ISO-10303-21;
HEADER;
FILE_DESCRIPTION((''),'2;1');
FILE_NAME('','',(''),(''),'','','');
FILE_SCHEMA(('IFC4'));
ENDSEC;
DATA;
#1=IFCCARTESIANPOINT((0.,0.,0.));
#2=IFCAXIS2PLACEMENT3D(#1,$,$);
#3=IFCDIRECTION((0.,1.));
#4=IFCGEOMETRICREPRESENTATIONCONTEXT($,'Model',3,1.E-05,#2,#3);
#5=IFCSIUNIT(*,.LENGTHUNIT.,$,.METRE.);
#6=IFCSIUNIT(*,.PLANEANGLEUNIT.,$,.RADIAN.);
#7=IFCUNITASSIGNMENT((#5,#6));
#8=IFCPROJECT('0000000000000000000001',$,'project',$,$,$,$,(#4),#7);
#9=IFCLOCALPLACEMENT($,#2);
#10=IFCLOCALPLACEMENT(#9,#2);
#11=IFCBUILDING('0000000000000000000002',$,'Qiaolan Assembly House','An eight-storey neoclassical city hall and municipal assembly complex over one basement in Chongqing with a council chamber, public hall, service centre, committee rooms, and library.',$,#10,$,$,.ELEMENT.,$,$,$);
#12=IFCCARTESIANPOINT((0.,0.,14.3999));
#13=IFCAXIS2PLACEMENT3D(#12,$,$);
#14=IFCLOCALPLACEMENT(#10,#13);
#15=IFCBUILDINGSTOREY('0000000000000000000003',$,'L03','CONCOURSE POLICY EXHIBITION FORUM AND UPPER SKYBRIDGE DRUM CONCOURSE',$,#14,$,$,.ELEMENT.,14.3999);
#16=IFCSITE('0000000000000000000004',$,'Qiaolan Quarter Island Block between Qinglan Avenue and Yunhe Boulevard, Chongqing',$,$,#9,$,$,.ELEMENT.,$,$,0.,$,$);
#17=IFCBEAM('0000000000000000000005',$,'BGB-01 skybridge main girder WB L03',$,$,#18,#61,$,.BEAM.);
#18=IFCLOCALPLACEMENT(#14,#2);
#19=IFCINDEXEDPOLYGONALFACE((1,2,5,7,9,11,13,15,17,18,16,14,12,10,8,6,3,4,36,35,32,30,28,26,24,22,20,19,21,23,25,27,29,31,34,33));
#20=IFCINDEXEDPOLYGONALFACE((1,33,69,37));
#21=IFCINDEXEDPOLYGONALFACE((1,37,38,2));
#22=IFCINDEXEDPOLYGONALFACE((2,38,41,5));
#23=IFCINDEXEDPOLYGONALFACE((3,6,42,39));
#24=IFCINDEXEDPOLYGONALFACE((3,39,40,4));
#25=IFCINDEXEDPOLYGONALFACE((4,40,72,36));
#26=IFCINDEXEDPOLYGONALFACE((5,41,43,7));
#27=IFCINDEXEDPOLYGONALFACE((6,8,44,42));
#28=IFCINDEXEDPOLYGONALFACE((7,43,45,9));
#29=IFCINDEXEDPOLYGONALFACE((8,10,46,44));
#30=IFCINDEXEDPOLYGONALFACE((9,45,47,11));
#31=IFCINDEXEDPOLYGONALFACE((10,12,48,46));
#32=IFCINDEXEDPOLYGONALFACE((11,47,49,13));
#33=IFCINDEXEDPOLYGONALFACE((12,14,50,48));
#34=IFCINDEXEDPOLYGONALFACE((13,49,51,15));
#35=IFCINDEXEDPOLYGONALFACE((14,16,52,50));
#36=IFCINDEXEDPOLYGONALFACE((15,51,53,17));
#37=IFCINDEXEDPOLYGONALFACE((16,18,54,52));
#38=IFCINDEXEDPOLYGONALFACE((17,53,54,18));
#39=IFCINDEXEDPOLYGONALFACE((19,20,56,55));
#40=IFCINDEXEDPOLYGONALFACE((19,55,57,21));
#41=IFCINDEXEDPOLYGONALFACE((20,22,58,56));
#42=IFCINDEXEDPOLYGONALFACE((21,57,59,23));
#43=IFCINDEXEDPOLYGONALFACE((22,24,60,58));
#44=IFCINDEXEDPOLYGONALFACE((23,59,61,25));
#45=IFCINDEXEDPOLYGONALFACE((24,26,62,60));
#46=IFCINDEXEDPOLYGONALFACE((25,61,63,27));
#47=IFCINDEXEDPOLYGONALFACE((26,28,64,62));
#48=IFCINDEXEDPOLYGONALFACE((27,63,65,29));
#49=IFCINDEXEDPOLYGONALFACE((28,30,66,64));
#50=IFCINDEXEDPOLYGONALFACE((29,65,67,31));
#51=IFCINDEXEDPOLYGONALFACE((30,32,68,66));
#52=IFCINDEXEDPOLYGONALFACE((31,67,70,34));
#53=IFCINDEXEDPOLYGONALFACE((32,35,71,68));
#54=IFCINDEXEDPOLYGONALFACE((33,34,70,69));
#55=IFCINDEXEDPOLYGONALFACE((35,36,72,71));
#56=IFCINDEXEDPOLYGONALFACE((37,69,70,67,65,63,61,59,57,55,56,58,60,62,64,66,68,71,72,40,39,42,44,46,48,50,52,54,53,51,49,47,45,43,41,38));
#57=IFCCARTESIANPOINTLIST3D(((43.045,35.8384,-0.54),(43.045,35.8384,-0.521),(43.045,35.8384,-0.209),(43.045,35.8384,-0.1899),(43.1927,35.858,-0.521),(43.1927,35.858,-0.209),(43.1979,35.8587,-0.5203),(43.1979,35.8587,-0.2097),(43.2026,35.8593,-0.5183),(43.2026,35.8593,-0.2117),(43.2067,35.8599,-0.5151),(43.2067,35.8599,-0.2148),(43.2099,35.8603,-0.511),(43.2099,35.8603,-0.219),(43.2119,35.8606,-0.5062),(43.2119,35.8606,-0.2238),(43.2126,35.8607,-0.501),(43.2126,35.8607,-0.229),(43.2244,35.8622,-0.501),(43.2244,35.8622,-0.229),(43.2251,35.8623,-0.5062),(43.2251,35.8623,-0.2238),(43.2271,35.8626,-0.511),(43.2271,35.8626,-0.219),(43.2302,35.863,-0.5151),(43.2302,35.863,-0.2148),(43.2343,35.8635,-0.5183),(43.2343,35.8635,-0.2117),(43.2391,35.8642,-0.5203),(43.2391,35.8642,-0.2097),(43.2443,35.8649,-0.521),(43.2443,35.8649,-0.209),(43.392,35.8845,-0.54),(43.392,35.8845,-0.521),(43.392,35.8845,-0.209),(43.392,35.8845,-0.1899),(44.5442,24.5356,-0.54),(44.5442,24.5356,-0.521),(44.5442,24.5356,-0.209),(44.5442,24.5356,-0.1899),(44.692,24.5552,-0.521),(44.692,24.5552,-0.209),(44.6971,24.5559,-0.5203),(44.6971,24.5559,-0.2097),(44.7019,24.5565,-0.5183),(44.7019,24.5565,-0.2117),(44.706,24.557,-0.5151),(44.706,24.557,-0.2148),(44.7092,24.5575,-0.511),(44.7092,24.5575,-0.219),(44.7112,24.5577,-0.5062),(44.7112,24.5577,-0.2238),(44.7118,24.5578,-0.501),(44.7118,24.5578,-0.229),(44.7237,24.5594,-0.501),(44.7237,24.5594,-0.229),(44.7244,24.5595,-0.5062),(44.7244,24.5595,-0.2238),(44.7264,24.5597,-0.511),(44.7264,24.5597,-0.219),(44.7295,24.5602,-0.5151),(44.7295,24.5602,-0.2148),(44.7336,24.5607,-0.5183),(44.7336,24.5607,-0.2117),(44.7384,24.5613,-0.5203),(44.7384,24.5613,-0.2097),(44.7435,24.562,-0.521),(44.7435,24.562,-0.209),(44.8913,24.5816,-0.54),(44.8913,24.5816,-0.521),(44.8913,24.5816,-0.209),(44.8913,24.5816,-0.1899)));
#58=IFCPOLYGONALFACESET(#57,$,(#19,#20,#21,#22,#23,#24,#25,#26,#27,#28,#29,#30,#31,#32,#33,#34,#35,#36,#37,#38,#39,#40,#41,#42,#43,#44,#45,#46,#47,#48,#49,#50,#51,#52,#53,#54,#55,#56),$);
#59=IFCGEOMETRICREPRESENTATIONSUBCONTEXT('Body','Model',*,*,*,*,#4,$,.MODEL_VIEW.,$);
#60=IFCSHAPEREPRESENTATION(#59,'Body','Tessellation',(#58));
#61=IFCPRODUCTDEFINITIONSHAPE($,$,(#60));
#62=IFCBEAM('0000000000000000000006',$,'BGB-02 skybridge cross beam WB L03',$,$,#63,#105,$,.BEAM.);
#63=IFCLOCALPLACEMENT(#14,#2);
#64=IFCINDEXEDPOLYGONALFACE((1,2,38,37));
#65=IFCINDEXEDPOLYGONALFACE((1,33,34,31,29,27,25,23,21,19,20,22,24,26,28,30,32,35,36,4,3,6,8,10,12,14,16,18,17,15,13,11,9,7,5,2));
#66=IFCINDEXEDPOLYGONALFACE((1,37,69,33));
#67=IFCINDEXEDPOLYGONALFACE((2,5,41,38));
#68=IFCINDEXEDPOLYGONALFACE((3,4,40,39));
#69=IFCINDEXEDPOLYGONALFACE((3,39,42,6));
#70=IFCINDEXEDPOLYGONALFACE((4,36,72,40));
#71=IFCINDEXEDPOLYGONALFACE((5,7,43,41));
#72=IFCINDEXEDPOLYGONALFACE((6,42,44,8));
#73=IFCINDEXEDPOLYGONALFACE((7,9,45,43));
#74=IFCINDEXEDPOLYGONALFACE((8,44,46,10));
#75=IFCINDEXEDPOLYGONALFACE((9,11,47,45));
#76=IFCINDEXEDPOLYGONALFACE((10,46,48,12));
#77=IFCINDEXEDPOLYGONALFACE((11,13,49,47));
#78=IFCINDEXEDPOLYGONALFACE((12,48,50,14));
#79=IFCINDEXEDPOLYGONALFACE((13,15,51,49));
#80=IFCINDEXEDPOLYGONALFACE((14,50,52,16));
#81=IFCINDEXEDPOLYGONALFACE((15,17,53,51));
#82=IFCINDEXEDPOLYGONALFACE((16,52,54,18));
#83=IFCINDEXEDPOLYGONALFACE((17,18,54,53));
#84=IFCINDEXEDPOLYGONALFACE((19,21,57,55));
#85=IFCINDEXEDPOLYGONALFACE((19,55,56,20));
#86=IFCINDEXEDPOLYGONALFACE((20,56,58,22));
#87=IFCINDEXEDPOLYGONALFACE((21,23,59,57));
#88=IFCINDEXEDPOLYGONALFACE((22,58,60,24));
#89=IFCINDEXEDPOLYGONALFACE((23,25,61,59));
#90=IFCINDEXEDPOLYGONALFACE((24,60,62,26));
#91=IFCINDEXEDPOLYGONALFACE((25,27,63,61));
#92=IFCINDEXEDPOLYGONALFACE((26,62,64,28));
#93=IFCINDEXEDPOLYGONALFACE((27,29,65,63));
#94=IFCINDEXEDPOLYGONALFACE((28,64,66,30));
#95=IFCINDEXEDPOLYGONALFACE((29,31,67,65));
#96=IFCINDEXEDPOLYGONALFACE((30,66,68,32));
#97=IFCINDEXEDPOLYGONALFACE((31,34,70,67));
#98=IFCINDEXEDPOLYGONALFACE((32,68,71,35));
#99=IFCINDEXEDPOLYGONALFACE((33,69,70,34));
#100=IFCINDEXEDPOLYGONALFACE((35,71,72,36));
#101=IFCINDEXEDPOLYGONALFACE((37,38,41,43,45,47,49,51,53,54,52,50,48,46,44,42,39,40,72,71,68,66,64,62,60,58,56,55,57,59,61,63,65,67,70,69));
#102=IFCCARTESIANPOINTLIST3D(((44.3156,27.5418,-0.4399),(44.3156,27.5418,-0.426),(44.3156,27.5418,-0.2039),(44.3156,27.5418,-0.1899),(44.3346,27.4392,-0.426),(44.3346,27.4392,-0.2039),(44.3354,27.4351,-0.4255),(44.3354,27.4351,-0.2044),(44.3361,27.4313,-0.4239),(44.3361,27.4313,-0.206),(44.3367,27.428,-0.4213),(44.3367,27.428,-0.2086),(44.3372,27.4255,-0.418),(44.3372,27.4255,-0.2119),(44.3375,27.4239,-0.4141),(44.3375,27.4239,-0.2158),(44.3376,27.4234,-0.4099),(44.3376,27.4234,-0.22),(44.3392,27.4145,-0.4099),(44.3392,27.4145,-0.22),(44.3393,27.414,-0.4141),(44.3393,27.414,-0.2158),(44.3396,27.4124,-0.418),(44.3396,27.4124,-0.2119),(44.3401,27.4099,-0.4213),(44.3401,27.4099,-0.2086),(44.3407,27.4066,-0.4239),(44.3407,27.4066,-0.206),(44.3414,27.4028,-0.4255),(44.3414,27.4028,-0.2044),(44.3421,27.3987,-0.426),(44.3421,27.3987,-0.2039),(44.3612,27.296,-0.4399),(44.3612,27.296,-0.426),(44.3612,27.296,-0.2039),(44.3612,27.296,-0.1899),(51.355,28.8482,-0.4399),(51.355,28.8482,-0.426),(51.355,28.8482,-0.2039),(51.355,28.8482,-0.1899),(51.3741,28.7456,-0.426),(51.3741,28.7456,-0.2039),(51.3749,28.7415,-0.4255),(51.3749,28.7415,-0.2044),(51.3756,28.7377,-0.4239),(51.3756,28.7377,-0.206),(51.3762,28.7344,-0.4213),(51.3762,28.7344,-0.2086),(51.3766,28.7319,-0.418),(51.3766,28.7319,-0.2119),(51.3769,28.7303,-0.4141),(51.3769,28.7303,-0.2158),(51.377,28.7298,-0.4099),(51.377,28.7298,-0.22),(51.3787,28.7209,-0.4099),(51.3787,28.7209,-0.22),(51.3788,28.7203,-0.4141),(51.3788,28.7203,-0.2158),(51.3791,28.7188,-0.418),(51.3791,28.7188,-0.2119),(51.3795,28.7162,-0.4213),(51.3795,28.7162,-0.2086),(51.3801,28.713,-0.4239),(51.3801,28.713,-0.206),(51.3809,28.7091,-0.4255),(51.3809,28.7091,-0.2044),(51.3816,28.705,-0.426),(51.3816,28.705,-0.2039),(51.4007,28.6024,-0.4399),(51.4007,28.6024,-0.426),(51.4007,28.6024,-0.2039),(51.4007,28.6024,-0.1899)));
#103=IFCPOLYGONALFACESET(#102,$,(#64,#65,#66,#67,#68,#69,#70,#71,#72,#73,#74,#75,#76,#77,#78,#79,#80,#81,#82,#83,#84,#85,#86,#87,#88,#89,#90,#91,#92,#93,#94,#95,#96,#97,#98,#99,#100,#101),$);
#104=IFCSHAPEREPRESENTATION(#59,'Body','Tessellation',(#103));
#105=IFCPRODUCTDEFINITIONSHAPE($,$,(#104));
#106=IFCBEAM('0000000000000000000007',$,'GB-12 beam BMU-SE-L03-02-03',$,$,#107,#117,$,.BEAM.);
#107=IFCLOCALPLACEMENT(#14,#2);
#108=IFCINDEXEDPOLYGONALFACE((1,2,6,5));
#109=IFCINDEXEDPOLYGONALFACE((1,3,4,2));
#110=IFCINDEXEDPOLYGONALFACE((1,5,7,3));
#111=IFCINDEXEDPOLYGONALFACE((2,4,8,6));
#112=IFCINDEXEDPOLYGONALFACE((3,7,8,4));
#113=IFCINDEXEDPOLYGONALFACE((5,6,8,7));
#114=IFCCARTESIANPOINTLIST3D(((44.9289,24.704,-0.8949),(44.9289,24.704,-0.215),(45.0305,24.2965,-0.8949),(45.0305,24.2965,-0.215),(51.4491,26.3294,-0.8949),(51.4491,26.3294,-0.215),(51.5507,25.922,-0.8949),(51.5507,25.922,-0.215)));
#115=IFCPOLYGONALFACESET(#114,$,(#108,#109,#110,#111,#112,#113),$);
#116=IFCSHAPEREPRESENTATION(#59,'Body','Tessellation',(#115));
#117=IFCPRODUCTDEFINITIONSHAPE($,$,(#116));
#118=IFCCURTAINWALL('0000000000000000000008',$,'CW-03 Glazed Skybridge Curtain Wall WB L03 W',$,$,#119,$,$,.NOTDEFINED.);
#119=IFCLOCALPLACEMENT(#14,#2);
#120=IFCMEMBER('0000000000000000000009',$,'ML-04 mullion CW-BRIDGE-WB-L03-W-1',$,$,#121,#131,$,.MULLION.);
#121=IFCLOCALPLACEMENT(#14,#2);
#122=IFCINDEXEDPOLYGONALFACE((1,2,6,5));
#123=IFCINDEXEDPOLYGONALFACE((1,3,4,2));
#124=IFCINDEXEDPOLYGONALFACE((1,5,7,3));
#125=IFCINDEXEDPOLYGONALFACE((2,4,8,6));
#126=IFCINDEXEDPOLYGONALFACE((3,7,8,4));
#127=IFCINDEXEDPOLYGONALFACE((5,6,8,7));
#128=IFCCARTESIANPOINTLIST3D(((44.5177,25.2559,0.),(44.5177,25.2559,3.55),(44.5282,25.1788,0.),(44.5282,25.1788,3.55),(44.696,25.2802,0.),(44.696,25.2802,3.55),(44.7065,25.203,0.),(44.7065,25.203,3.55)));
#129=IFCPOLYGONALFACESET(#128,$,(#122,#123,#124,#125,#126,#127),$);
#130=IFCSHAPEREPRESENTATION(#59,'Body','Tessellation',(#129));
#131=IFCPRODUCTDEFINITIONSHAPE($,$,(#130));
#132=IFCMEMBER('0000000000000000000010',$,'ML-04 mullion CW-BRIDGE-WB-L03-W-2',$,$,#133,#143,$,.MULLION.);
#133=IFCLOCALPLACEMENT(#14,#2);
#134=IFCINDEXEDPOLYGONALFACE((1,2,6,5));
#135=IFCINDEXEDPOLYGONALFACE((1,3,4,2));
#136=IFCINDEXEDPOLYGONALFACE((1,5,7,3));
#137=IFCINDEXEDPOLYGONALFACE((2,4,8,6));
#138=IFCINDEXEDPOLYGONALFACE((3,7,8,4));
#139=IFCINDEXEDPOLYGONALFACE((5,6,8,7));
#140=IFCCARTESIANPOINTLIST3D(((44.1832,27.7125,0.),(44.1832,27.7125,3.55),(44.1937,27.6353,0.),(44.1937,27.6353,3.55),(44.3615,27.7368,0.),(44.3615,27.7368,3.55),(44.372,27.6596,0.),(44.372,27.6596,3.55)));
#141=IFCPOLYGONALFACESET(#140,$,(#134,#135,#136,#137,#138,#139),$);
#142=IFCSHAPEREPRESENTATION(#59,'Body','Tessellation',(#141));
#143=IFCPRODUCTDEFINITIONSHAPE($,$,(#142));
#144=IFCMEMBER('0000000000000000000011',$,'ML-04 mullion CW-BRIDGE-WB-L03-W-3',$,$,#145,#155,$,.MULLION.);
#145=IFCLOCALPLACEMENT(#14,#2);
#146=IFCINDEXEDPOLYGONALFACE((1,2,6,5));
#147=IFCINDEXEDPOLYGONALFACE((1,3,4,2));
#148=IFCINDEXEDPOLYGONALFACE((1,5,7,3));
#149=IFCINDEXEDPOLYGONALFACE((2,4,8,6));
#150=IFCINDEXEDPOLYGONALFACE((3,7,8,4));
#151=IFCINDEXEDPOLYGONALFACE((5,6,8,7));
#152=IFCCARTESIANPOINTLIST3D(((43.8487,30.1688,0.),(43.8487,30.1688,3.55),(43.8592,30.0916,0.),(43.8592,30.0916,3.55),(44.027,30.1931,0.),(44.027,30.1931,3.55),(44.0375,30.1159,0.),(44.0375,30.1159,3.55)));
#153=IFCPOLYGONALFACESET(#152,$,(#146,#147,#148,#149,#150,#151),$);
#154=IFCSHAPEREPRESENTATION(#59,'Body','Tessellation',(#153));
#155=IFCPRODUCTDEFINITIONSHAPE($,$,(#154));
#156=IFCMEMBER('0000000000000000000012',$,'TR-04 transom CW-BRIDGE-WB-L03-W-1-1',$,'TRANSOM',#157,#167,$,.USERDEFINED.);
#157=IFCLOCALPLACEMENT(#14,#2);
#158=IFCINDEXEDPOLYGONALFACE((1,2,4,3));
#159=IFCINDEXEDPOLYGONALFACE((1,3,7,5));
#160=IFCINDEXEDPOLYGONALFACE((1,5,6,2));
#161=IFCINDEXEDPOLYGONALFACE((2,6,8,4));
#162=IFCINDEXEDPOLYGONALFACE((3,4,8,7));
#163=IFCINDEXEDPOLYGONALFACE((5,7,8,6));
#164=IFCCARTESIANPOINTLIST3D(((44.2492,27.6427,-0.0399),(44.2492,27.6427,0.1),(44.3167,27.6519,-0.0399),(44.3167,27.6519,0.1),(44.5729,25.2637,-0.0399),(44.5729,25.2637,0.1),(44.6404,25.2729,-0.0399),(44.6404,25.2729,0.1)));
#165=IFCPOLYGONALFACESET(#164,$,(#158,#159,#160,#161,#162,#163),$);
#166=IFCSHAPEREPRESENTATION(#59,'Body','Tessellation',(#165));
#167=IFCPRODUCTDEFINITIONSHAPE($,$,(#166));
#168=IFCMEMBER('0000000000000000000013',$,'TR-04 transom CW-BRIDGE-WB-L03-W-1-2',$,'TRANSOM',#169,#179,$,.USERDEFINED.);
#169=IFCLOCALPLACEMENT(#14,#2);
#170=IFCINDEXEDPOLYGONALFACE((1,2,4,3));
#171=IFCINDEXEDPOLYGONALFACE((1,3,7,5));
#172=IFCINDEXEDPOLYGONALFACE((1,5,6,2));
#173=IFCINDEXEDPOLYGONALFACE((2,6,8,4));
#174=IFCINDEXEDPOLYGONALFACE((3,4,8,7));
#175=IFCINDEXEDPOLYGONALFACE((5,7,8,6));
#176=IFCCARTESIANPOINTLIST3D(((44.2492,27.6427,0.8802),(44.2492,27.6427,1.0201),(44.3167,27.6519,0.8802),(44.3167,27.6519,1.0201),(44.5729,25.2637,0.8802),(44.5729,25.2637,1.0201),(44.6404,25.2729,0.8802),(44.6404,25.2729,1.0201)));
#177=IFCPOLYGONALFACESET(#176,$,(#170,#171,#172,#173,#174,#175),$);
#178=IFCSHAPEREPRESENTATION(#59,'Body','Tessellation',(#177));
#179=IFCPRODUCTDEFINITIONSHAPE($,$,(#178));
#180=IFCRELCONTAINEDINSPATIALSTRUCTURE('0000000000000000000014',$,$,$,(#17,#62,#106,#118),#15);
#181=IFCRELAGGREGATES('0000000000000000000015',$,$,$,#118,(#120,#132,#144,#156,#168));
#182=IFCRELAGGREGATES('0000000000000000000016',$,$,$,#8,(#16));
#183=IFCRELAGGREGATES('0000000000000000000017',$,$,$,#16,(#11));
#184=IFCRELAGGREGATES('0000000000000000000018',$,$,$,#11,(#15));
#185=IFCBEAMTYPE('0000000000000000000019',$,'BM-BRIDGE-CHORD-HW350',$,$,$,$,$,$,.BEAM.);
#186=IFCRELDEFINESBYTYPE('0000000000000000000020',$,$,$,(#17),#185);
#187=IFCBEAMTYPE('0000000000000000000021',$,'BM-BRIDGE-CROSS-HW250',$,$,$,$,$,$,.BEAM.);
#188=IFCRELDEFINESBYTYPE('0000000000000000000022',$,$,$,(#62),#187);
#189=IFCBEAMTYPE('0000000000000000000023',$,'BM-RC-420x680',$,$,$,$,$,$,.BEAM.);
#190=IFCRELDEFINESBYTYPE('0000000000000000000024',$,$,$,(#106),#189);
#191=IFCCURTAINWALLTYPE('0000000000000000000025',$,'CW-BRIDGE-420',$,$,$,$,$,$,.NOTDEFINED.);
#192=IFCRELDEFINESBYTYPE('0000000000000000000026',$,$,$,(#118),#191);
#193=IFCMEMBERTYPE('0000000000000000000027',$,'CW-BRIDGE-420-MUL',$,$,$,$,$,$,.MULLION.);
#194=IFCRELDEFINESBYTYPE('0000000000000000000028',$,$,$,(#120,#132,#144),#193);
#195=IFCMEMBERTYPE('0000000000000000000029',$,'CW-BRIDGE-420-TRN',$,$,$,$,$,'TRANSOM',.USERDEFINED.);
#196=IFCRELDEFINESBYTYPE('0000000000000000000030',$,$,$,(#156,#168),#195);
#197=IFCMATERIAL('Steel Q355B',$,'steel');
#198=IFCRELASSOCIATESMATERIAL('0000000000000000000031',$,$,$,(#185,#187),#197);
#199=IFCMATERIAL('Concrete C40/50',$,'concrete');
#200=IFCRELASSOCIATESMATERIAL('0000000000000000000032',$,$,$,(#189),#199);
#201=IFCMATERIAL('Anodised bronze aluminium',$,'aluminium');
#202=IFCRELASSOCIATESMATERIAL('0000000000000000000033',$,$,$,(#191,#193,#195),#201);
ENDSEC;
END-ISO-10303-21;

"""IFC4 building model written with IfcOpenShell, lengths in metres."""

from ifc_helpers import new_model, si_unit, direction, frame, origin, origin_2d, place, context, subcontext, project, spatial, rectangle, i_section, extrude, material, material_profile, profile_set, type_object, element, aggregate, save


model = new_model("IFC4")

# Units and contexts
model_context = context("Model", 3, precision=1e-05, world=origin(), true_north=direction((0.0, 1.0)))
body_context = subcontext(model_context, "Body", "Model", "MODEL_VIEW")
ifc_project = project(units=[si_unit("LENGTHUNIT", "METRE"), si_unit("PLANEANGLEUNIT", "RADIAN")], contexts=[model_context])

# Site, building, storey
site_placement = place(None, origin())
site = spatial("IfcSite", under=ifc_project, at=site_placement, Name="Qiaolan Quarter Island Block between Qinglan Avenue and Yunhe Boulevard, Chongqing", CompositionType="ELEMENT", RefElevation=0.0)
building_placement = place(site_placement, origin())
building = spatial("IfcBuilding", under=site, at=building_placement, Name="Qiaolan Assembly House", Description="An eight-storey neoclassical city hall and municipal assembly complex over one basement in Chongqing with a council chamber, public hall, service centre, committee rooms, and library.", CompositionType="ELEMENT")
storey_placement = place(building_placement, frame((0.0, 0.0, 14.3999)))
storey = spatial("IfcBuildingStorey", under=building, at=storey_placement, Name="L03", Description="CONCOURSE POLICY EXHIBITION FORUM AND UPPER SKYBRIDGE DRUM CONCOURSE", CompositionType="ELEMENT", Elevation=14.3999)

# Beams
ifc_material_1 = material(Name="Steel Q355B", Category="steel")
ifc_material_profile_1 = material_profile(ifc_material_1, i_section(OverallWidth=0.3501, OverallDepth=0.3501, WebThickness=0.012, FlangeThickness=0.019, FilletRadius=0.02, at=origin_2d()), Name="HW 350x350x12x19-BR")
ifc_profile_set_1 = profile_set([ifc_material_profile_1], Name="Steel Q355B")
beam_type_1 = type_object("IfcBeamType", Name="BM-BRIDGE-CHORD-HW350", PredefinedType="BEAM", material=ifc_profile_set_1)
beam_1_placement = place(storey_placement, frame((44.7178, 24.5586, -0.365), z_axis=(-0.131495, 0.991317, 0.0), x_axis=(-0.991317, -0.131495, 0.0)))
element("IfcBeam", 1, at=beam_1_placement, inside=storey, type_object=beam_type_1, Name="BGB-01 skybridge main girder WB L03", PredefinedType="BEAM", context=body_context, shape_type="SweptSolid", body=[
    extrude(i_section(OverallWidth=0.3501, OverallDepth=0.3501, WebThickness=0.012, FlangeThickness=0.019, FilletRadius=0.02, at=origin_2d()), origin(), (0.0, 0.0, 1.0), 11.4019),
])
ifc_material_profile_2 = material_profile(ifc_material_1, i_section(OverallWidth=0.25, OverallDepth=0.25, WebThickness=0.009, FlangeThickness=0.0139, FilletRadius=0.0161, at=origin_2d()), Name="HW 250x250x9x14")
ifc_profile_set_2 = profile_set([ifc_material_profile_2], Name="Steel Q355B")
beam_type_2 = type_object("IfcBeamType", Name="BM-BRIDGE-CROSS-HW250", PredefinedType="BEAM", material=ifc_profile_set_2)
beam_2_placement = place(storey_placement, frame((44.3384, 27.4189, -0.3149), z_axis=(0.983213, 0.182464, 0.0), x_axis=(-0.182464, 0.983213, 0.0)))
element("IfcBeam", 2, at=beam_2_placement, inside=storey, type_object=beam_type_2, Name="BGB-02 skybridge cross beam WB L03", PredefinedType="BEAM", context=body_context, shape_type="SweptSolid", body=[
    extrude(i_section(OverallWidth=0.25, OverallDepth=0.25, WebThickness=0.009, FlangeThickness=0.0139, FilletRadius=0.0161, at=origin_2d()), origin(), (0.0, 0.0, 1.0), 7.1597),
])
ifc_material_2 = material(Name="Concrete C40/50", Category="concrete")
ifc_material_profile_3 = material_profile(ifc_material_2, rectangle(XDim=0.4199, YDim=0.6799, at=origin_2d()), Name="RCB 420x680")
ifc_profile_set_3 = profile_set([ifc_material_profile_3], Name="Concrete C40/50")
beam_type_3 = type_object("IfcBeamType", Name="BM-RC-420x680", PredefinedType="BEAM", material=ifc_profile_set_3)
beam_3_placement = place(storey_placement, frame((44.9797, 24.5002, -0.5549), z_axis=(0.970303, 0.241894, 0.0), x_axis=(-0.241894, 0.970303, 0.0)))
element("IfcBeam", 3, at=beam_3_placement, inside=storey, type_object=beam_type_3, Name="GB-12 beam BMU-SE-L03-02-03", PredefinedType="BEAM", context=body_context, shape_type="SweptSolid", body=[
    extrude(rectangle(XDim=0.4199, YDim=0.6799, at=origin_2d()), origin(), (0.0, 0.0, 1.0), 6.7197),
])

# Curtain wall, members
ifc_material_3 = material(Name="Anodised bronze aluminium", Category="aluminium")
curtain_wall_type = type_object("IfcCurtainWallType", Name="CW-BRIDGE-420", PredefinedType="NOTDEFINED", material=ifc_material_3)
curtain_wall_placement = place(storey_placement, origin())
curtain_wall = element("IfcCurtainWall", 4, at=curtain_wall_placement, inside=storey, type_object=curtain_wall_type, Name="CW-03 Glazed Skybridge Curtain Wall WB L03 W", PredefinedType="NOTDEFINED")
ifc_material_profile_4 = material_profile(ifc_material_3, rectangle(XDim=0.0779, YDim=0.1799, at=origin_2d()), Name="MUL 78x180")
ifc_profile_set_4 = profile_set([ifc_material_profile_4], Name="Anodised bronze aluminium")
member_type_1 = type_object("IfcMemberType", Name="CW-BRIDGE-420-MUL", PredefinedType="MULLION", material=ifc_profile_set_4)
member_1_placement = place(storey_placement, frame((44.6121, 25.2295, 0.0), z_axis=(0.0, 0.0, 1.0), x_axis=(-0.134918, 0.990857, 0.0)))
member_1 = element("IfcMember", 5, at=member_1_placement, type_object=member_type_1, Name="ML-04 mullion CW-BRIDGE-WB-L03-W-1", PredefinedType="MULLION", context=body_context, shape_type="SweptSolid", body=[
    extrude(rectangle(XDim=0.0779, YDim=0.1799, at=origin_2d()), origin(), (0.0, 0.0, 1.0), 3.55),
])
member_2_placement = place(storey_placement, frame((44.2776, 27.686, 0.0), z_axis=(0.0, 0.0, 1.0), x_axis=(-0.134918, 0.990857, 0.0)))
member_2 = element("IfcMember", 6, at=member_2_placement, type_object=member_type_1, Name="ML-04 mullion CW-BRIDGE-WB-L03-W-2", PredefinedType="MULLION", context=body_context, shape_type="SweptSolid", body=[
    extrude(rectangle(XDim=0.0779, YDim=0.1799, at=origin_2d()), origin(), (0.0, 0.0, 1.0), 3.55),
])
member_3_placement = place(storey_placement, frame((43.9431, 30.1423, 0.0), z_axis=(0.0, 0.0, 1.0), x_axis=(-0.134918, 0.990857, 0.0)))
member_3 = element("IfcMember", 7, at=member_3_placement, type_object=member_type_1, Name="ML-04 mullion CW-BRIDGE-WB-L03-W-3", PredefinedType="MULLION", context=body_context, shape_type="SweptSolid", body=[
    extrude(rectangle(XDim=0.0779, YDim=0.1799, at=origin_2d()), origin(), (0.0, 0.0, 1.0), 3.55),
])
ifc_material_profile_5 = material_profile(ifc_material_3, rectangle(XDim=0.0681, YDim=0.1399, at=origin_2d()), Name="TRN 68x140")
ifc_profile_set_5 = profile_set([ifc_material_profile_5], Name="Anodised bronze aluminium")
member_type_2 = type_object("IfcMemberType", Name="CW-BRIDGE-420-TRN", ElementType="TRANSOM", PredefinedType="USERDEFINED", material=ifc_profile_set_5)
member_4_placement = place(storey_placement, frame((44.6067, 25.2683, 0.03), z_axis=(-0.134841, 0.990867, 0.0), x_axis=(-0.990867, -0.134841, 0.0)))
member_4 = element("IfcMember", 8, at=member_4_placement, type_object=member_type_2, Name="TR-04 transom CW-BRIDGE-WB-L03-W-1-1", ObjectType="TRANSOM", PredefinedType="USERDEFINED", context=body_context, shape_type="SweptSolid", body=[
    extrude(rectangle(XDim=0.0681, YDim=0.1399, at=origin_2d()), origin(), (0.0, 0.0, 1.0), 2.4009),
])
member_5_placement = place(storey_placement, frame((44.6067, 25.2683, 0.9502), z_axis=(-0.134841, 0.990867, 0.0), x_axis=(-0.990867, -0.134841, 0.0)))
member_5 = element("IfcMember", 9, at=member_5_placement, type_object=member_type_2, Name="TR-04 transom CW-BRIDGE-WB-L03-W-1-2", ObjectType="TRANSOM", PredefinedType="USERDEFINED", context=body_context, shape_type="SweptSolid", body=[
    extrude(rectangle(XDim=0.0681, YDim=0.1399, at=origin_2d()), origin(), (0.0, 0.0, 1.0), 2.4009),
])
aggregate(curtain_wall, [member_1, member_2, member_3, member_4, member_5])

save(model, "model.ifc")
